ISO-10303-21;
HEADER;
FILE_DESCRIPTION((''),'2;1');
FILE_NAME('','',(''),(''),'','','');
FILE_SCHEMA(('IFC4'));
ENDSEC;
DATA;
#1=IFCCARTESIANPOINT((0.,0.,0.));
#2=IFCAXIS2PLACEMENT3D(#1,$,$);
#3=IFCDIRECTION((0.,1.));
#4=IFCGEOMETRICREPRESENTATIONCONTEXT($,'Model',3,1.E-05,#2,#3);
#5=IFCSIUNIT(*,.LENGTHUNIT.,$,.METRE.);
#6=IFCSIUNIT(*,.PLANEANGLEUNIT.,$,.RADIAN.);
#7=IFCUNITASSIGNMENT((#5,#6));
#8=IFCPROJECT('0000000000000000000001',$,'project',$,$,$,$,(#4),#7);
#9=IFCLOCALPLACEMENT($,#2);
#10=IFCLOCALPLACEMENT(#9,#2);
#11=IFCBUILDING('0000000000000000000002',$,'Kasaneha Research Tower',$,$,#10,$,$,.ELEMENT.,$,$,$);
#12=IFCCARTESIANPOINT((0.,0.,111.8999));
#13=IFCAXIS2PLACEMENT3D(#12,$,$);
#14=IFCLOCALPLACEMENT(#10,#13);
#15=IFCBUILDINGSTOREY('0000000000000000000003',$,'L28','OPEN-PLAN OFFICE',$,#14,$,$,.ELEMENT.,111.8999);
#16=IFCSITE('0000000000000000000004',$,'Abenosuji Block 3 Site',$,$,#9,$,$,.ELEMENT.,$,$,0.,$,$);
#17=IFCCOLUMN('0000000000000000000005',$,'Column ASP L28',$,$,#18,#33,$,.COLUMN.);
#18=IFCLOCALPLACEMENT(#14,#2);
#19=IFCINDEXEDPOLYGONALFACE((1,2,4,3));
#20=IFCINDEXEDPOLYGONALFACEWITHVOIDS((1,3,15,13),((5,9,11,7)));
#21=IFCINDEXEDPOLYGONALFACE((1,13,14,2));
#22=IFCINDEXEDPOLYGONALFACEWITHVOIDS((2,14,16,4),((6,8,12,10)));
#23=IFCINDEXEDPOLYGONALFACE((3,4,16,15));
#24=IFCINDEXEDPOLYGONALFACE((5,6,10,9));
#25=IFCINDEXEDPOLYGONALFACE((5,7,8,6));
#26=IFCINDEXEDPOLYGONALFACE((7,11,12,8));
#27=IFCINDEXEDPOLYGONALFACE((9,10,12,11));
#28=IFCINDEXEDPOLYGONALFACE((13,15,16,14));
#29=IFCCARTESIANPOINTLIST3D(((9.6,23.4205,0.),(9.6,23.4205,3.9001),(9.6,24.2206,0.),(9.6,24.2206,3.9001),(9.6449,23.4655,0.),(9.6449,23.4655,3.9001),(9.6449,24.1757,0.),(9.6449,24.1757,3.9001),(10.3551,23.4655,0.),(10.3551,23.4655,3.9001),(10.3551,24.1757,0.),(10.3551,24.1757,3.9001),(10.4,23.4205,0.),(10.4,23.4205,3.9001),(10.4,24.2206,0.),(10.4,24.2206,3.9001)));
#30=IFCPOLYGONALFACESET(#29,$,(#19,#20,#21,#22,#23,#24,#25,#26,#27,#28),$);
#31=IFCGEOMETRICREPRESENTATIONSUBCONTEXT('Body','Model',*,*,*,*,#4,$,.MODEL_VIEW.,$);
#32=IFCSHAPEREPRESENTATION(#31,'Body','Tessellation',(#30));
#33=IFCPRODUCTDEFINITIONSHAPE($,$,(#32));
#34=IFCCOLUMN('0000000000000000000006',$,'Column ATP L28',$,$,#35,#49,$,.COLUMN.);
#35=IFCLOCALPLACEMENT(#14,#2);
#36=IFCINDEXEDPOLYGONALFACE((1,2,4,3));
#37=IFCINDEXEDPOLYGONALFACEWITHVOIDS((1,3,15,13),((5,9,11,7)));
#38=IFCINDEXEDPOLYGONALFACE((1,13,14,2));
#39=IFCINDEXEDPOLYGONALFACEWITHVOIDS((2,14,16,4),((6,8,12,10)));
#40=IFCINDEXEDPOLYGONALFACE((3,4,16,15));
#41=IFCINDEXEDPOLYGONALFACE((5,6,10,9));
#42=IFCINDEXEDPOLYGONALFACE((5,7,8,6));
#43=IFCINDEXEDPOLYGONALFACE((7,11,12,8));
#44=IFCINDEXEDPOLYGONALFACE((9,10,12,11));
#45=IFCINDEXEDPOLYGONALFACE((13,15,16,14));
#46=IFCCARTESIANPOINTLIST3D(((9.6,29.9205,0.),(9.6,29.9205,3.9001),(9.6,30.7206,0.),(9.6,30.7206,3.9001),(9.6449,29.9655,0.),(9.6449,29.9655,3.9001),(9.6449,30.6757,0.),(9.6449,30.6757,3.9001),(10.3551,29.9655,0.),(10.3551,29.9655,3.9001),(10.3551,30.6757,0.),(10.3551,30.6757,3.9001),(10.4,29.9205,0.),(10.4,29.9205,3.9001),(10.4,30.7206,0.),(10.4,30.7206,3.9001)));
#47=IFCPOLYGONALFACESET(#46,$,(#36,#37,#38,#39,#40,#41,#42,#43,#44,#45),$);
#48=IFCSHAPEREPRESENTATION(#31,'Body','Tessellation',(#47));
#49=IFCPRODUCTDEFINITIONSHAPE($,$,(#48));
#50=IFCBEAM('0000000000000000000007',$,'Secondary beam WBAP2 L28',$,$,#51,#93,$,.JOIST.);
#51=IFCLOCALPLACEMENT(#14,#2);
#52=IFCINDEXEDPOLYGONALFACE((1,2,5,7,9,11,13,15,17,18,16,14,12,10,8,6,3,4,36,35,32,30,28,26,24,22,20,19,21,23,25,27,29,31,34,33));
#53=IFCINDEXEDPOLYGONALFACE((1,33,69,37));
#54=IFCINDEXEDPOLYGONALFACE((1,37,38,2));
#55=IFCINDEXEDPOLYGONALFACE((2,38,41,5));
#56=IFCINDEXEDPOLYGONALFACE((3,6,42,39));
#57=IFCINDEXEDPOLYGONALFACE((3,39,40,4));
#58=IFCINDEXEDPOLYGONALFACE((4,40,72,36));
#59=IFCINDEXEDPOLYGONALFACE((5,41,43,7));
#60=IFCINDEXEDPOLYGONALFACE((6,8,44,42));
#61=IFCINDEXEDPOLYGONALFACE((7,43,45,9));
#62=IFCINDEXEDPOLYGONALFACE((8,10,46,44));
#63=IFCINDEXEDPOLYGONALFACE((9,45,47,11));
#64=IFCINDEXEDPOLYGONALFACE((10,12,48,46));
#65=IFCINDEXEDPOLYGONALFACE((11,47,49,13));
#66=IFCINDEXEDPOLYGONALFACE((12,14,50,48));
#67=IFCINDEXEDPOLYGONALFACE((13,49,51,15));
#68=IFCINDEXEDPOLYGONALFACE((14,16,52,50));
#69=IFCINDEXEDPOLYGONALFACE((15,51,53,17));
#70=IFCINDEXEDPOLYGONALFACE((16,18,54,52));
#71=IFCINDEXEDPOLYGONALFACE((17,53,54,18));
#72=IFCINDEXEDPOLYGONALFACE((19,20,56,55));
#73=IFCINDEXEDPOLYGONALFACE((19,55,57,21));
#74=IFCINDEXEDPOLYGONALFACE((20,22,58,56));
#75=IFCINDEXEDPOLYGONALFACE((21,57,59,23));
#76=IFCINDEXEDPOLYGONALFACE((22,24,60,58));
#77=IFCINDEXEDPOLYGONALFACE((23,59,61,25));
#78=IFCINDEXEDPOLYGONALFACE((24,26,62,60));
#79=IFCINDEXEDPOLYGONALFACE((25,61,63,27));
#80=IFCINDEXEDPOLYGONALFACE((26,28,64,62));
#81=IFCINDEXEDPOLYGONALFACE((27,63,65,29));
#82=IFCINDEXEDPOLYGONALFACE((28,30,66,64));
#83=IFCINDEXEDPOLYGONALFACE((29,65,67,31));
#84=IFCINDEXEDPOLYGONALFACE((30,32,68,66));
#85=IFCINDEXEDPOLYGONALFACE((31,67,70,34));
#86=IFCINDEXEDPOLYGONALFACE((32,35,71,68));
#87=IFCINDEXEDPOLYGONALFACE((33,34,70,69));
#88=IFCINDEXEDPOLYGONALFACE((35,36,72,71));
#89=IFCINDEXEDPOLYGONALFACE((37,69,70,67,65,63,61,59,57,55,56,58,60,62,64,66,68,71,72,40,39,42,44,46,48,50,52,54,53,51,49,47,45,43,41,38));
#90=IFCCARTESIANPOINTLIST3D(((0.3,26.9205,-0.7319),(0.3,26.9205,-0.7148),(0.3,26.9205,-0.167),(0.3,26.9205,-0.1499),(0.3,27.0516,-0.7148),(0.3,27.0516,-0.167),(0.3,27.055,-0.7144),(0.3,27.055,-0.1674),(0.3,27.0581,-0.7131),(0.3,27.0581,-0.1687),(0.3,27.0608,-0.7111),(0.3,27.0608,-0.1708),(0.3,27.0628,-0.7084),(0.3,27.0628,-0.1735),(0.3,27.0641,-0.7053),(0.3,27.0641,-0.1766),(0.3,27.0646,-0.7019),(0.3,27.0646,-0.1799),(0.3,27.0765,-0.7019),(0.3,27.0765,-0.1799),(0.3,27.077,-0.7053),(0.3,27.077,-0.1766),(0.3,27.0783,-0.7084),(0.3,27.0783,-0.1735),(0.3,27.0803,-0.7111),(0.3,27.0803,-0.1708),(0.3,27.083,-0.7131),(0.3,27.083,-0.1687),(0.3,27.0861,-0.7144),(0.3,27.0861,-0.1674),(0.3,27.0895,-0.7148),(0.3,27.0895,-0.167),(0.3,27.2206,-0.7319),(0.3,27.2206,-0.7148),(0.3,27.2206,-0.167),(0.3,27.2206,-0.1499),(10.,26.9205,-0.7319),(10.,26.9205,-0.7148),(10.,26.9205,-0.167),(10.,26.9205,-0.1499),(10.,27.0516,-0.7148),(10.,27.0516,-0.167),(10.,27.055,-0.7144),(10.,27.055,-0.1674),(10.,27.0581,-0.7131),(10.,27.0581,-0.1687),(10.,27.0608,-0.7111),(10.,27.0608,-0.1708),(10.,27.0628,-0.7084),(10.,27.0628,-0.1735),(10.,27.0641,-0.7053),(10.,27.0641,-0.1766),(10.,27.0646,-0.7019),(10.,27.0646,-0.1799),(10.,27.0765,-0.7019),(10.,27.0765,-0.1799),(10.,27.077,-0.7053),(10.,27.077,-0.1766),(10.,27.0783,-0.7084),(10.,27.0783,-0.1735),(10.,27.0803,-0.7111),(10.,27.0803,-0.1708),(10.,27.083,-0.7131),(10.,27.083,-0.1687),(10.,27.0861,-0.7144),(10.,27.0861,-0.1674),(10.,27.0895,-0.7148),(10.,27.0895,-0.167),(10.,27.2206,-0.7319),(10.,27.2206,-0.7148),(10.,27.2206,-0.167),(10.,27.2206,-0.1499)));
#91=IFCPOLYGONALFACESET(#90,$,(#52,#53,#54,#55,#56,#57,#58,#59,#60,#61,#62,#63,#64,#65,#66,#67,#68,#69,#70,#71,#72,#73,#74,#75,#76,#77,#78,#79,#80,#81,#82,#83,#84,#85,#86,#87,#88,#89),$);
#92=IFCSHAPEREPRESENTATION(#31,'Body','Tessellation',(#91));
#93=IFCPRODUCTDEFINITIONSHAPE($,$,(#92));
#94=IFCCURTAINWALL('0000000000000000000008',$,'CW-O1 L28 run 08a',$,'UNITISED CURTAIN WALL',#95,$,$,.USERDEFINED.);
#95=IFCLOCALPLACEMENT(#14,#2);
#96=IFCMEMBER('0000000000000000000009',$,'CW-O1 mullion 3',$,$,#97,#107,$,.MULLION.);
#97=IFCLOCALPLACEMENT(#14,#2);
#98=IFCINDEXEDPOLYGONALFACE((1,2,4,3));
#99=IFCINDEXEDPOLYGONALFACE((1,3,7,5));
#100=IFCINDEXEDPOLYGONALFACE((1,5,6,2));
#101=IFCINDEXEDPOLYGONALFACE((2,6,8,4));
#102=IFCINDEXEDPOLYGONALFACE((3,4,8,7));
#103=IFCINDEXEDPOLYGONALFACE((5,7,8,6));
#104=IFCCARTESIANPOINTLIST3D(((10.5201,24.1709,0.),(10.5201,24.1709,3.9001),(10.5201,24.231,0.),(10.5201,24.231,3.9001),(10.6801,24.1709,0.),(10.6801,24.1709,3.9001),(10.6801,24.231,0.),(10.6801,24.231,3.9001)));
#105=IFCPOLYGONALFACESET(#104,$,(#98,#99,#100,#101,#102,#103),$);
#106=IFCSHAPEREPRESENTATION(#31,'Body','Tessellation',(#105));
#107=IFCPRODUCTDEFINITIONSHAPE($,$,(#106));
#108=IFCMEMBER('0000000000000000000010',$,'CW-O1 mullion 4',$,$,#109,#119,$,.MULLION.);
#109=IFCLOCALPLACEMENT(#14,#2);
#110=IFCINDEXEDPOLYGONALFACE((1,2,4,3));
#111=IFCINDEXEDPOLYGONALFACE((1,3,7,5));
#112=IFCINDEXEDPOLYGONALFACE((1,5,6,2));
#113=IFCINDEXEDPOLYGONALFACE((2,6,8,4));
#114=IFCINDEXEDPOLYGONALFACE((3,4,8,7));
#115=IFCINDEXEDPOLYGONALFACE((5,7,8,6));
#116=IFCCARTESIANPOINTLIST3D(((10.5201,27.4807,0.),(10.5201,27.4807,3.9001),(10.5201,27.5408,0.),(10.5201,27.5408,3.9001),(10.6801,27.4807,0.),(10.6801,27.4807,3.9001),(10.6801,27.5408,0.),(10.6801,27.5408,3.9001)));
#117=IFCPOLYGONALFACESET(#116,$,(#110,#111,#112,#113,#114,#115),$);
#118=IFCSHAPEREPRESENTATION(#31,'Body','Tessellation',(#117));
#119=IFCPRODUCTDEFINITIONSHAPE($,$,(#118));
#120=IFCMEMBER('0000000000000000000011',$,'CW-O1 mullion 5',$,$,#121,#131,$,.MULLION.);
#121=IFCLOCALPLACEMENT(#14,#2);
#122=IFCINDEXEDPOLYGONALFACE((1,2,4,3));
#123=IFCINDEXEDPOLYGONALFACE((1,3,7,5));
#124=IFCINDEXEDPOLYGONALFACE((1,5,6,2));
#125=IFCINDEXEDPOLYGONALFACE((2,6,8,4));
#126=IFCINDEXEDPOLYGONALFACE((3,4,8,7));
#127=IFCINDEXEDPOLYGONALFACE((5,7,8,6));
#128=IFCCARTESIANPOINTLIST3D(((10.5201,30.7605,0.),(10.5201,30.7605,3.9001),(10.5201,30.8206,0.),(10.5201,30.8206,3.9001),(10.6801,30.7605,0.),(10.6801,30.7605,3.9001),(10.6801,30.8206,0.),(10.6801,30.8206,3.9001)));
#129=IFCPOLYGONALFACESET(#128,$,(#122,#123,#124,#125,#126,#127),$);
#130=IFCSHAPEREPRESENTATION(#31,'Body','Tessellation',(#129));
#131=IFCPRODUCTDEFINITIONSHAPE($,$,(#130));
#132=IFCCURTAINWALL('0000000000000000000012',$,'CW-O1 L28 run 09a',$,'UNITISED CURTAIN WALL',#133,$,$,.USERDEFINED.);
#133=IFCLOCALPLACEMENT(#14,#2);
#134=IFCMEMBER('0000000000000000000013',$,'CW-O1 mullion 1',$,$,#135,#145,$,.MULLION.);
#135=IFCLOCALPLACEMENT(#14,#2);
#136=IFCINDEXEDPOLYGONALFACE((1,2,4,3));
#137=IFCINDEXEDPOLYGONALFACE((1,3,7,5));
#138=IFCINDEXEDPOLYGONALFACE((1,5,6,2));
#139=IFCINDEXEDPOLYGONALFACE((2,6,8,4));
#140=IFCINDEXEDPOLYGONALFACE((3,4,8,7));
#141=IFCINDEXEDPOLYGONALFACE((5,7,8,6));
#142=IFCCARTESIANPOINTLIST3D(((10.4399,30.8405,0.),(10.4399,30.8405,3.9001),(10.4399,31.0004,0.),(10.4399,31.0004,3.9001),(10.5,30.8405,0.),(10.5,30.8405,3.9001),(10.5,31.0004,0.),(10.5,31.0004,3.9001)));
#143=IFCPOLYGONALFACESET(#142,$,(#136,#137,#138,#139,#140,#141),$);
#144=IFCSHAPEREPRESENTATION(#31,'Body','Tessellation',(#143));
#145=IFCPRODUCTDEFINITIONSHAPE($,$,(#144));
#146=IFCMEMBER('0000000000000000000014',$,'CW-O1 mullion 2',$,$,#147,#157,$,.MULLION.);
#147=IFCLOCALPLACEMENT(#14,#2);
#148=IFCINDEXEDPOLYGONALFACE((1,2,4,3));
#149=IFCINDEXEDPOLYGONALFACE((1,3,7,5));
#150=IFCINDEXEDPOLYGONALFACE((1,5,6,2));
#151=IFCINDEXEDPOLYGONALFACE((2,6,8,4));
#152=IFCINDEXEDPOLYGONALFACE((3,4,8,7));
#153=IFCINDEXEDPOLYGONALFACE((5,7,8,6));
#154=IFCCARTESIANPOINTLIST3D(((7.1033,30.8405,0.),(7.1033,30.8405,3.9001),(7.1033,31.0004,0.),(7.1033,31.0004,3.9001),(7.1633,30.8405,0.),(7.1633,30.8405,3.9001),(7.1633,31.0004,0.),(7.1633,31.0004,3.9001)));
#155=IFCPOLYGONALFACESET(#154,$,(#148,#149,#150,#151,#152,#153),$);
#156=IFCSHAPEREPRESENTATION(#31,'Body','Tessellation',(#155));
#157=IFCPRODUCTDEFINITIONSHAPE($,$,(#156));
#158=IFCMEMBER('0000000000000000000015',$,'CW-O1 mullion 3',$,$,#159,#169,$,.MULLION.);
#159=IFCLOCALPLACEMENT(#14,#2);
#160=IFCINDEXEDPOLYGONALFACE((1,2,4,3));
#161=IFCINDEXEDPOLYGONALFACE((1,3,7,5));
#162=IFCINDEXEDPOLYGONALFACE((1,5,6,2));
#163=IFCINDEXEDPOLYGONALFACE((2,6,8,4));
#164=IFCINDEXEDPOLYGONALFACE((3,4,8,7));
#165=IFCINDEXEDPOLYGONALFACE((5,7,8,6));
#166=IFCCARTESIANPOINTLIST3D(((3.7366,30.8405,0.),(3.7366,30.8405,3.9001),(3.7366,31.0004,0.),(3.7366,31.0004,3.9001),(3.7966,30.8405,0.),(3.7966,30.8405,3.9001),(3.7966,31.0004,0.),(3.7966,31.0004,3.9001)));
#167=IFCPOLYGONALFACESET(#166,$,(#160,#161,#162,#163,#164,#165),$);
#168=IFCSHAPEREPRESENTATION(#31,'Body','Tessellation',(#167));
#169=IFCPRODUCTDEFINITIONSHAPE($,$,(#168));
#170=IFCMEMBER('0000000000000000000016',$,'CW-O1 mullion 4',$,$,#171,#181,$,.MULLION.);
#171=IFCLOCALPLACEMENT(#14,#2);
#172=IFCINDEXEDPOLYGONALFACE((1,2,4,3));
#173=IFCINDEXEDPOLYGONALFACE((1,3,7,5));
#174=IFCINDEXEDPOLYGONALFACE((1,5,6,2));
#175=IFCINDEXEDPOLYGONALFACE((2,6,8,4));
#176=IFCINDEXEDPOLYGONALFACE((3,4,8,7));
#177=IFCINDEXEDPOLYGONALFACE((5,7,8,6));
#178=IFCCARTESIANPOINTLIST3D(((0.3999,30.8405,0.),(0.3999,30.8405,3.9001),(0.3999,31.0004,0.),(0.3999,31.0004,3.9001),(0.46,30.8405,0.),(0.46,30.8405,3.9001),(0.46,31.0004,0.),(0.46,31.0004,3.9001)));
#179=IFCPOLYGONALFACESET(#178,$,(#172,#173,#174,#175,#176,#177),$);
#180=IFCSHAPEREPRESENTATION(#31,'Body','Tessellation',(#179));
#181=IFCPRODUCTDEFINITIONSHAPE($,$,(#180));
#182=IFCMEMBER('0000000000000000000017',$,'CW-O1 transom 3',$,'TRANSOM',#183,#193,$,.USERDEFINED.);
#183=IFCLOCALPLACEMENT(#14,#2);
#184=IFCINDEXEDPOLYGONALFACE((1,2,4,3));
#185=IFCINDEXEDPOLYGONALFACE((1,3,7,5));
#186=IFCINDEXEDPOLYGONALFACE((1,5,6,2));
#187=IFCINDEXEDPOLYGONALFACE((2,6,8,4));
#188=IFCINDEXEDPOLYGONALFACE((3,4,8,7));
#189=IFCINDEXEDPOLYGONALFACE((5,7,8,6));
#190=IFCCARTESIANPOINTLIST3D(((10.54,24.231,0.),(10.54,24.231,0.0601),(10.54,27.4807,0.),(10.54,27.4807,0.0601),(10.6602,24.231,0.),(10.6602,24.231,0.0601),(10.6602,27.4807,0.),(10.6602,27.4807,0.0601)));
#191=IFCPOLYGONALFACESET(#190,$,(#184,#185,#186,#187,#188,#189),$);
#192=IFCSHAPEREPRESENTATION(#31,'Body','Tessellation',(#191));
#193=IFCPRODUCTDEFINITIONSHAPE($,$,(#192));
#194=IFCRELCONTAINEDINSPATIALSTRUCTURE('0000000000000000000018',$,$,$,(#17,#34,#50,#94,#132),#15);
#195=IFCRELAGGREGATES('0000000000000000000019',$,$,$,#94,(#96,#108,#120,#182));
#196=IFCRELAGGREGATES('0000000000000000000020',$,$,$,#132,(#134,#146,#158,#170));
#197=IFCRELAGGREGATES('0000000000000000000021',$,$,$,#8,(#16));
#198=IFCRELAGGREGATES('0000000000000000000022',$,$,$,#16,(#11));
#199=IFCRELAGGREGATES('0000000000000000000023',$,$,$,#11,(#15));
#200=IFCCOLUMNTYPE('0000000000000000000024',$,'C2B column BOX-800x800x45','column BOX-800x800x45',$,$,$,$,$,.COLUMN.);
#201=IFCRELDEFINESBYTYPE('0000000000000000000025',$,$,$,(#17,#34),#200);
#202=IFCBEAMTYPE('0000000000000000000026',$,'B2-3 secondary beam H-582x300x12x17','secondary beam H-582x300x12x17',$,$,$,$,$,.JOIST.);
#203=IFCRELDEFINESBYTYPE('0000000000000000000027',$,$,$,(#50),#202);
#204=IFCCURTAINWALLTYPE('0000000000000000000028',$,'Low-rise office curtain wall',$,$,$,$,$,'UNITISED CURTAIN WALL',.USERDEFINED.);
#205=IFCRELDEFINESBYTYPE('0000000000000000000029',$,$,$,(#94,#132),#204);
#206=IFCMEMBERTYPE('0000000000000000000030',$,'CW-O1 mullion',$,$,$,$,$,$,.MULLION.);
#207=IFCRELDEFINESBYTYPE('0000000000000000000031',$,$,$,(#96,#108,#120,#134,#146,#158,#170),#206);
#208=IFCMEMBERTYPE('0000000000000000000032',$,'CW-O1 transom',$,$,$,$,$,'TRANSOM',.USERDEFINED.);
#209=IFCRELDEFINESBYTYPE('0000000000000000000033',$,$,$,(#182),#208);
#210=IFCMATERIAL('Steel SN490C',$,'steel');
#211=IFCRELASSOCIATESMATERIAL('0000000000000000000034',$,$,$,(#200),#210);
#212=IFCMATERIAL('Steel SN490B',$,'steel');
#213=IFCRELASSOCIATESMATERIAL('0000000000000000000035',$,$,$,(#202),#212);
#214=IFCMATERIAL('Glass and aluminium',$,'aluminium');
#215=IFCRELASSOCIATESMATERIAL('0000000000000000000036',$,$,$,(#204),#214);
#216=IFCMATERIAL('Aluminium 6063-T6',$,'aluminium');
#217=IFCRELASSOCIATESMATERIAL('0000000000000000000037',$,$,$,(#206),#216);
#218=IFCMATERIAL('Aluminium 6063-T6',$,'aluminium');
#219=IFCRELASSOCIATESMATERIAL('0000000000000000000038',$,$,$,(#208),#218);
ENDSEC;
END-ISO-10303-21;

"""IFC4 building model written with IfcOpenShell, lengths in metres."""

from ifc_helpers import new_model, si_unit, direction, frame, origin, origin_2d, place, context, subcontext, project, spatial, rectangle, hollow_rectangle, i_section, extrude, material, material_profile, profile_set, type_object, element, aggregate, save


model = new_model("IFC4")

# Units and contexts
model_context = context("Model", 3, precision=1e-05, world=origin(), true_north=direction((0.0, 1.0)))
body_context = subcontext(model_context, "Body", "Model", "MODEL_VIEW")
ifc_project = project(units=[si_unit("LENGTHUNIT", "METRE"), si_unit("PLANEANGLEUNIT", "RADIAN")], contexts=[model_context])

# Site, building, storey
site_placement = place(None, origin())
site = spatial("IfcSite", under=ifc_project, at=site_placement, Name="Abenosuji Block 3 Site", CompositionType="ELEMENT", RefElevation=0.0)
building_placement = place(site_placement, origin())
building = spatial("IfcBuilding", under=site, at=building_placement, Name="Kasaneha Research Tower", CompositionType="ELEMENT")
storey_placement = place(building_placement, frame((0.0, 0.0, 111.8999)))
storey = spatial("IfcBuildingStorey", under=building, at=storey_placement, Name="L28", Description="OPEN-PLAN OFFICE", CompositionType="ELEMENT", Elevation=111.8999)

# Columns
ifc_material_1 = material(Name="Steel SN490C", Category="steel")
ifc_material_profile_1 = material_profile(ifc_material_1, hollow_rectangle(XDim=0.8, YDim=0.8, WallThickness=0.0449, at=origin_2d()), Name="BOX-800x800x45")
ifc_profile_set_1 = profile_set([ifc_material_profile_1], Name="Steel SN490C")
column_type = type_object("IfcColumnType", Name="C2B column BOX-800x800x45", Description="column BOX-800x800x45", PredefinedType="COLUMN", material=ifc_profile_set_1)
for number, where, z_axis, x_axis, name in (
    (1, (10.0, 23.8206, 0.0), (0.0, 0.0, 1.0), (1.0, 0.0, 0.0), "Column ASP L28"),
    (2, (10.0, 30.3206, 0.0), (0.0, 0.0, 1.0), (1.0, 0.0, 0.0), "Column ATP L28"),
):
    element("IfcColumn", number, at=place(storey_placement, frame(where, z_axis=z_axis, x_axis=x_axis)), inside=storey, type_object=column_type, Name=name, PredefinedType="COLUMN", context=body_context, shape_type="SweptSolid", body=[
        extrude(hollow_rectangle(XDim=0.8, YDim=0.8, WallThickness=0.0449, at=origin_2d()), origin(), (0.0, 0.0, 1.0), 3.9001),
    ])

# Beam
ifc_material_2 = material(Name="Steel SN490B", Category="steel")
ifc_material_profile_2 = material_profile(ifc_material_2, i_section(OverallWidth=0.3, OverallDepth=0.582, WebThickness=0.012, FlangeThickness=0.0171, FilletRadius=0.0129, at=origin_2d()), Name="H-582x300x12x17")
ifc_profile_set_2 = profile_set([ifc_material_profile_2], Name="Steel SN490B")
beam_type_1 = type_object("IfcBeamType", Name="B2-3 secondary beam H-582x300x12x17", Description="secondary beam H-582x300x12x17", PredefinedType="JOIST", material=ifc_profile_set_2)
beam_1_placement = place(storey_placement, frame((10.0, 27.0706, -0.4409), z_axis=(-1.0, 0.0, 0.0), x_axis=(0.0, -1.0, 0.0)))
element("IfcBeam", 3, at=beam_1_placement, inside=storey, type_object=beam_type_1, Name="Secondary beam WBAP2 L28", PredefinedType="JOIST", context=body_context, shape_type="SweptSolid", body=[
    extrude(i_section(OverallWidth=0.3, OverallDepth=0.582, WebThickness=0.012, FlangeThickness=0.0171, FilletRadius=0.0129, at=origin_2d()), origin(), (0.0, 0.0, 1.0), 9.7),
])

# Curtain walls, members
ifc_material_3 = material(Name="Glass and aluminium", Category="aluminium")
curtain_wall_type = type_object("IfcCurtainWallType", Name="Low-rise office curtain wall", ElementType="UNITISED CURTAIN WALL", PredefinedType="USERDEFINED", material=ifc_material_3)
curtain_wall_1_placement = place(storey_placement, origin())
curtain_wall_1 = element("IfcCurtainWall", 4, at=curtain_wall_1_placement, inside=storey, type_object=curtain_wall_type, Name="CW-O1 L28 run 08a", ObjectType="UNITISED CURTAIN WALL", PredefinedType="USERDEFINED")
ifc_material_4 = material(Name="Aluminium 6063-T6", Category="aluminium")
ifc_material_profile_3 = material_profile(ifc_material_4, rectangle(XDim=0.0601, YDim=0.1599, at=origin_2d()), Name="CW-O1 mullion 60x160")
ifc_profile_set_3 = profile_set([ifc_material_profile_3], Name="Aluminium 6063-T6")
member_type_1 = type_object("IfcMemberType", Name="CW-O1 mullion", PredefinedType="MULLION", material=ifc_profile_set_3)
member_1_placement = place(storey_placement, frame((10.6001, 24.2009, 0.0), z_axis=(0.0, 0.0, 1.0), x_axis=(0.0, 1.0, 0.0)))
member_1 = element("IfcMember", 5, at=member_1_placement, type_object=member_type_1, Name="CW-O1 mullion 3", PredefinedType="MULLION", context=body_context, shape_type="SweptSolid", body=[
    extrude(rectangle(XDim=0.0601, YDim=0.1599, at=origin_2d()), origin(), (0.0, 0.0, 1.0), 3.9001),
])
member_2_placement = place(storey_placement, frame((10.6001, 27.5107, 0.0), z_axis=(0.0, 0.0, 1.0), x_axis=(0.0, 1.0, 0.0)))
member_2 = element("IfcMember", 6, at=member_2_placement, type_object=member_type_1, Name="CW-O1 mullion 4", PredefinedType="MULLION", context=body_context, shape_type="SweptSolid", body=[
    extrude(rectangle(XDim=0.0601, YDim=0.1599, at=origin_2d()), origin(), (0.0, 0.0, 1.0), 3.9001),
])
member_3_placement = place(storey_placement, frame((10.6001, 30.7905, 0.0), z_axis=(0.0, 0.0, 1.0), x_axis=(0.0, 1.0, 0.0)))
member_3 = element("IfcMember", 7, at=member_3_placement, type_object=member_type_1, Name="CW-O1 mullion 5", PredefinedType="MULLION", context=body_context, shape_type="SweptSolid", body=[
    extrude(rectangle(XDim=0.0601, YDim=0.1599, at=origin_2d()), origin(), (0.0, 0.0, 1.0), 3.9001),
])
curtain_wall_2_placement = place(storey_placement, origin())
curtain_wall_2 = element("IfcCurtainWall", 8, at=curtain_wall_2_placement, inside=storey, type_object=curtain_wall_type, Name="CW-O1 L28 run 09a", ObjectType="UNITISED CURTAIN WALL", PredefinedType="USERDEFINED")
member_4_placement = place(storey_placement, frame((10.47, 30.9204, 0.0), z_axis=(0.0, 0.0, 1.0), x_axis=(-1.0, 0.0, 0.0)))
member_4 = element("IfcMember", 9, at=member_4_placement, type_object=member_type_1, Name="CW-O1 mullion 1", PredefinedType="MULLION", context=body_context, shape_type="SweptSolid", body=[
    extrude(rectangle(XDim=0.0601, YDim=0.1599, at=origin_2d()), origin(), (0.0, 0.0, 1.0), 3.9001),
])
member_5_placement = place(storey_placement, frame((7.1333, 30.9204, 0.0), z_axis=(0.0, 0.0, 1.0), x_axis=(-1.0, 0.0, 0.0)))
member_5 = element("IfcMember", 10, at=member_5_placement, type_object=member_type_1, Name="CW-O1 mullion 2", PredefinedType="MULLION", context=body_context, shape_type="SweptSolid", body=[
    extrude(rectangle(XDim=0.0601, YDim=0.1599, at=origin_2d()), origin(), (0.0, 0.0, 1.0), 3.9001),
])
member_6_placement = place(storey_placement, frame((3.7666, 30.9204, 0.0), z_axis=(0.0, 0.0, 1.0), x_axis=(-1.0, 0.0, 0.0)))
member_6 = element("IfcMember", 11, at=member_6_placement, type_object=member_type_1, Name="CW-O1 mullion 3", PredefinedType="MULLION", context=body_context, shape_type="SweptSolid", body=[
    extrude(rectangle(XDim=0.0601, YDim=0.1599, at=origin_2d()), origin(), (0.0, 0.0, 1.0), 3.9001),
])
member_7_placement = place(storey_placement, frame((0.4299, 30.9204, 0.0), z_axis=(0.0, 0.0, 1.0), x_axis=(-1.0, 0.0, 0.0)))
member_7 = element("IfcMember", 12, at=member_7_placement, type_object=member_type_1, Name="CW-O1 mullion 4", PredefinedType="MULLION", context=body_context, shape_type="SweptSolid", body=[
    extrude(rectangle(XDim=0.0601, YDim=0.1599, at=origin_2d()), origin(), (0.0, 0.0, 1.0), 3.9001),
])

# Member
ifc_material_5 = material(Name="Aluminium 6063-T6", Category="aluminium")
ifc_material_profile_4 = material_profile(ifc_material_5, rectangle(XDim=0.1201, YDim=0.0601, at=origin_2d()), Name="CW-O1 transom 120x60")
ifc_profile_set_4 = profile_set([ifc_material_profile_4], Name="Aluminium 6063-T6")
member_type_2 = type_object("IfcMemberType", Name="CW-O1 transom", ElementType="TRANSOM", PredefinedType="USERDEFINED", material=ifc_profile_set_4)
member_8_placement = place(storey_placement, frame((10.6001, 24.231, 0.03), z_axis=(0.0, 1.0, 0.0), x_axis=(-1.0, 0.0, 0.0)))
member_8 = element("IfcMember", 13, at=member_8_placement, type_object=member_type_2, Name="CW-O1 transom 3", ObjectType="TRANSOM", PredefinedType="USERDEFINED", context=body_context, shape_type="SweptSolid", body=[
    extrude(rectangle(XDim=0.1201, YDim=0.0601, at=origin_2d()), origin(), (0.0, 0.0, 1.0), 3.2498),
])

aggregate(curtain_wall_1, [member_1, member_2, member_3, member_8])
aggregate(curtain_wall_2, [member_4, member_5, member_6, member_7])

save(model, "model.ifc")
